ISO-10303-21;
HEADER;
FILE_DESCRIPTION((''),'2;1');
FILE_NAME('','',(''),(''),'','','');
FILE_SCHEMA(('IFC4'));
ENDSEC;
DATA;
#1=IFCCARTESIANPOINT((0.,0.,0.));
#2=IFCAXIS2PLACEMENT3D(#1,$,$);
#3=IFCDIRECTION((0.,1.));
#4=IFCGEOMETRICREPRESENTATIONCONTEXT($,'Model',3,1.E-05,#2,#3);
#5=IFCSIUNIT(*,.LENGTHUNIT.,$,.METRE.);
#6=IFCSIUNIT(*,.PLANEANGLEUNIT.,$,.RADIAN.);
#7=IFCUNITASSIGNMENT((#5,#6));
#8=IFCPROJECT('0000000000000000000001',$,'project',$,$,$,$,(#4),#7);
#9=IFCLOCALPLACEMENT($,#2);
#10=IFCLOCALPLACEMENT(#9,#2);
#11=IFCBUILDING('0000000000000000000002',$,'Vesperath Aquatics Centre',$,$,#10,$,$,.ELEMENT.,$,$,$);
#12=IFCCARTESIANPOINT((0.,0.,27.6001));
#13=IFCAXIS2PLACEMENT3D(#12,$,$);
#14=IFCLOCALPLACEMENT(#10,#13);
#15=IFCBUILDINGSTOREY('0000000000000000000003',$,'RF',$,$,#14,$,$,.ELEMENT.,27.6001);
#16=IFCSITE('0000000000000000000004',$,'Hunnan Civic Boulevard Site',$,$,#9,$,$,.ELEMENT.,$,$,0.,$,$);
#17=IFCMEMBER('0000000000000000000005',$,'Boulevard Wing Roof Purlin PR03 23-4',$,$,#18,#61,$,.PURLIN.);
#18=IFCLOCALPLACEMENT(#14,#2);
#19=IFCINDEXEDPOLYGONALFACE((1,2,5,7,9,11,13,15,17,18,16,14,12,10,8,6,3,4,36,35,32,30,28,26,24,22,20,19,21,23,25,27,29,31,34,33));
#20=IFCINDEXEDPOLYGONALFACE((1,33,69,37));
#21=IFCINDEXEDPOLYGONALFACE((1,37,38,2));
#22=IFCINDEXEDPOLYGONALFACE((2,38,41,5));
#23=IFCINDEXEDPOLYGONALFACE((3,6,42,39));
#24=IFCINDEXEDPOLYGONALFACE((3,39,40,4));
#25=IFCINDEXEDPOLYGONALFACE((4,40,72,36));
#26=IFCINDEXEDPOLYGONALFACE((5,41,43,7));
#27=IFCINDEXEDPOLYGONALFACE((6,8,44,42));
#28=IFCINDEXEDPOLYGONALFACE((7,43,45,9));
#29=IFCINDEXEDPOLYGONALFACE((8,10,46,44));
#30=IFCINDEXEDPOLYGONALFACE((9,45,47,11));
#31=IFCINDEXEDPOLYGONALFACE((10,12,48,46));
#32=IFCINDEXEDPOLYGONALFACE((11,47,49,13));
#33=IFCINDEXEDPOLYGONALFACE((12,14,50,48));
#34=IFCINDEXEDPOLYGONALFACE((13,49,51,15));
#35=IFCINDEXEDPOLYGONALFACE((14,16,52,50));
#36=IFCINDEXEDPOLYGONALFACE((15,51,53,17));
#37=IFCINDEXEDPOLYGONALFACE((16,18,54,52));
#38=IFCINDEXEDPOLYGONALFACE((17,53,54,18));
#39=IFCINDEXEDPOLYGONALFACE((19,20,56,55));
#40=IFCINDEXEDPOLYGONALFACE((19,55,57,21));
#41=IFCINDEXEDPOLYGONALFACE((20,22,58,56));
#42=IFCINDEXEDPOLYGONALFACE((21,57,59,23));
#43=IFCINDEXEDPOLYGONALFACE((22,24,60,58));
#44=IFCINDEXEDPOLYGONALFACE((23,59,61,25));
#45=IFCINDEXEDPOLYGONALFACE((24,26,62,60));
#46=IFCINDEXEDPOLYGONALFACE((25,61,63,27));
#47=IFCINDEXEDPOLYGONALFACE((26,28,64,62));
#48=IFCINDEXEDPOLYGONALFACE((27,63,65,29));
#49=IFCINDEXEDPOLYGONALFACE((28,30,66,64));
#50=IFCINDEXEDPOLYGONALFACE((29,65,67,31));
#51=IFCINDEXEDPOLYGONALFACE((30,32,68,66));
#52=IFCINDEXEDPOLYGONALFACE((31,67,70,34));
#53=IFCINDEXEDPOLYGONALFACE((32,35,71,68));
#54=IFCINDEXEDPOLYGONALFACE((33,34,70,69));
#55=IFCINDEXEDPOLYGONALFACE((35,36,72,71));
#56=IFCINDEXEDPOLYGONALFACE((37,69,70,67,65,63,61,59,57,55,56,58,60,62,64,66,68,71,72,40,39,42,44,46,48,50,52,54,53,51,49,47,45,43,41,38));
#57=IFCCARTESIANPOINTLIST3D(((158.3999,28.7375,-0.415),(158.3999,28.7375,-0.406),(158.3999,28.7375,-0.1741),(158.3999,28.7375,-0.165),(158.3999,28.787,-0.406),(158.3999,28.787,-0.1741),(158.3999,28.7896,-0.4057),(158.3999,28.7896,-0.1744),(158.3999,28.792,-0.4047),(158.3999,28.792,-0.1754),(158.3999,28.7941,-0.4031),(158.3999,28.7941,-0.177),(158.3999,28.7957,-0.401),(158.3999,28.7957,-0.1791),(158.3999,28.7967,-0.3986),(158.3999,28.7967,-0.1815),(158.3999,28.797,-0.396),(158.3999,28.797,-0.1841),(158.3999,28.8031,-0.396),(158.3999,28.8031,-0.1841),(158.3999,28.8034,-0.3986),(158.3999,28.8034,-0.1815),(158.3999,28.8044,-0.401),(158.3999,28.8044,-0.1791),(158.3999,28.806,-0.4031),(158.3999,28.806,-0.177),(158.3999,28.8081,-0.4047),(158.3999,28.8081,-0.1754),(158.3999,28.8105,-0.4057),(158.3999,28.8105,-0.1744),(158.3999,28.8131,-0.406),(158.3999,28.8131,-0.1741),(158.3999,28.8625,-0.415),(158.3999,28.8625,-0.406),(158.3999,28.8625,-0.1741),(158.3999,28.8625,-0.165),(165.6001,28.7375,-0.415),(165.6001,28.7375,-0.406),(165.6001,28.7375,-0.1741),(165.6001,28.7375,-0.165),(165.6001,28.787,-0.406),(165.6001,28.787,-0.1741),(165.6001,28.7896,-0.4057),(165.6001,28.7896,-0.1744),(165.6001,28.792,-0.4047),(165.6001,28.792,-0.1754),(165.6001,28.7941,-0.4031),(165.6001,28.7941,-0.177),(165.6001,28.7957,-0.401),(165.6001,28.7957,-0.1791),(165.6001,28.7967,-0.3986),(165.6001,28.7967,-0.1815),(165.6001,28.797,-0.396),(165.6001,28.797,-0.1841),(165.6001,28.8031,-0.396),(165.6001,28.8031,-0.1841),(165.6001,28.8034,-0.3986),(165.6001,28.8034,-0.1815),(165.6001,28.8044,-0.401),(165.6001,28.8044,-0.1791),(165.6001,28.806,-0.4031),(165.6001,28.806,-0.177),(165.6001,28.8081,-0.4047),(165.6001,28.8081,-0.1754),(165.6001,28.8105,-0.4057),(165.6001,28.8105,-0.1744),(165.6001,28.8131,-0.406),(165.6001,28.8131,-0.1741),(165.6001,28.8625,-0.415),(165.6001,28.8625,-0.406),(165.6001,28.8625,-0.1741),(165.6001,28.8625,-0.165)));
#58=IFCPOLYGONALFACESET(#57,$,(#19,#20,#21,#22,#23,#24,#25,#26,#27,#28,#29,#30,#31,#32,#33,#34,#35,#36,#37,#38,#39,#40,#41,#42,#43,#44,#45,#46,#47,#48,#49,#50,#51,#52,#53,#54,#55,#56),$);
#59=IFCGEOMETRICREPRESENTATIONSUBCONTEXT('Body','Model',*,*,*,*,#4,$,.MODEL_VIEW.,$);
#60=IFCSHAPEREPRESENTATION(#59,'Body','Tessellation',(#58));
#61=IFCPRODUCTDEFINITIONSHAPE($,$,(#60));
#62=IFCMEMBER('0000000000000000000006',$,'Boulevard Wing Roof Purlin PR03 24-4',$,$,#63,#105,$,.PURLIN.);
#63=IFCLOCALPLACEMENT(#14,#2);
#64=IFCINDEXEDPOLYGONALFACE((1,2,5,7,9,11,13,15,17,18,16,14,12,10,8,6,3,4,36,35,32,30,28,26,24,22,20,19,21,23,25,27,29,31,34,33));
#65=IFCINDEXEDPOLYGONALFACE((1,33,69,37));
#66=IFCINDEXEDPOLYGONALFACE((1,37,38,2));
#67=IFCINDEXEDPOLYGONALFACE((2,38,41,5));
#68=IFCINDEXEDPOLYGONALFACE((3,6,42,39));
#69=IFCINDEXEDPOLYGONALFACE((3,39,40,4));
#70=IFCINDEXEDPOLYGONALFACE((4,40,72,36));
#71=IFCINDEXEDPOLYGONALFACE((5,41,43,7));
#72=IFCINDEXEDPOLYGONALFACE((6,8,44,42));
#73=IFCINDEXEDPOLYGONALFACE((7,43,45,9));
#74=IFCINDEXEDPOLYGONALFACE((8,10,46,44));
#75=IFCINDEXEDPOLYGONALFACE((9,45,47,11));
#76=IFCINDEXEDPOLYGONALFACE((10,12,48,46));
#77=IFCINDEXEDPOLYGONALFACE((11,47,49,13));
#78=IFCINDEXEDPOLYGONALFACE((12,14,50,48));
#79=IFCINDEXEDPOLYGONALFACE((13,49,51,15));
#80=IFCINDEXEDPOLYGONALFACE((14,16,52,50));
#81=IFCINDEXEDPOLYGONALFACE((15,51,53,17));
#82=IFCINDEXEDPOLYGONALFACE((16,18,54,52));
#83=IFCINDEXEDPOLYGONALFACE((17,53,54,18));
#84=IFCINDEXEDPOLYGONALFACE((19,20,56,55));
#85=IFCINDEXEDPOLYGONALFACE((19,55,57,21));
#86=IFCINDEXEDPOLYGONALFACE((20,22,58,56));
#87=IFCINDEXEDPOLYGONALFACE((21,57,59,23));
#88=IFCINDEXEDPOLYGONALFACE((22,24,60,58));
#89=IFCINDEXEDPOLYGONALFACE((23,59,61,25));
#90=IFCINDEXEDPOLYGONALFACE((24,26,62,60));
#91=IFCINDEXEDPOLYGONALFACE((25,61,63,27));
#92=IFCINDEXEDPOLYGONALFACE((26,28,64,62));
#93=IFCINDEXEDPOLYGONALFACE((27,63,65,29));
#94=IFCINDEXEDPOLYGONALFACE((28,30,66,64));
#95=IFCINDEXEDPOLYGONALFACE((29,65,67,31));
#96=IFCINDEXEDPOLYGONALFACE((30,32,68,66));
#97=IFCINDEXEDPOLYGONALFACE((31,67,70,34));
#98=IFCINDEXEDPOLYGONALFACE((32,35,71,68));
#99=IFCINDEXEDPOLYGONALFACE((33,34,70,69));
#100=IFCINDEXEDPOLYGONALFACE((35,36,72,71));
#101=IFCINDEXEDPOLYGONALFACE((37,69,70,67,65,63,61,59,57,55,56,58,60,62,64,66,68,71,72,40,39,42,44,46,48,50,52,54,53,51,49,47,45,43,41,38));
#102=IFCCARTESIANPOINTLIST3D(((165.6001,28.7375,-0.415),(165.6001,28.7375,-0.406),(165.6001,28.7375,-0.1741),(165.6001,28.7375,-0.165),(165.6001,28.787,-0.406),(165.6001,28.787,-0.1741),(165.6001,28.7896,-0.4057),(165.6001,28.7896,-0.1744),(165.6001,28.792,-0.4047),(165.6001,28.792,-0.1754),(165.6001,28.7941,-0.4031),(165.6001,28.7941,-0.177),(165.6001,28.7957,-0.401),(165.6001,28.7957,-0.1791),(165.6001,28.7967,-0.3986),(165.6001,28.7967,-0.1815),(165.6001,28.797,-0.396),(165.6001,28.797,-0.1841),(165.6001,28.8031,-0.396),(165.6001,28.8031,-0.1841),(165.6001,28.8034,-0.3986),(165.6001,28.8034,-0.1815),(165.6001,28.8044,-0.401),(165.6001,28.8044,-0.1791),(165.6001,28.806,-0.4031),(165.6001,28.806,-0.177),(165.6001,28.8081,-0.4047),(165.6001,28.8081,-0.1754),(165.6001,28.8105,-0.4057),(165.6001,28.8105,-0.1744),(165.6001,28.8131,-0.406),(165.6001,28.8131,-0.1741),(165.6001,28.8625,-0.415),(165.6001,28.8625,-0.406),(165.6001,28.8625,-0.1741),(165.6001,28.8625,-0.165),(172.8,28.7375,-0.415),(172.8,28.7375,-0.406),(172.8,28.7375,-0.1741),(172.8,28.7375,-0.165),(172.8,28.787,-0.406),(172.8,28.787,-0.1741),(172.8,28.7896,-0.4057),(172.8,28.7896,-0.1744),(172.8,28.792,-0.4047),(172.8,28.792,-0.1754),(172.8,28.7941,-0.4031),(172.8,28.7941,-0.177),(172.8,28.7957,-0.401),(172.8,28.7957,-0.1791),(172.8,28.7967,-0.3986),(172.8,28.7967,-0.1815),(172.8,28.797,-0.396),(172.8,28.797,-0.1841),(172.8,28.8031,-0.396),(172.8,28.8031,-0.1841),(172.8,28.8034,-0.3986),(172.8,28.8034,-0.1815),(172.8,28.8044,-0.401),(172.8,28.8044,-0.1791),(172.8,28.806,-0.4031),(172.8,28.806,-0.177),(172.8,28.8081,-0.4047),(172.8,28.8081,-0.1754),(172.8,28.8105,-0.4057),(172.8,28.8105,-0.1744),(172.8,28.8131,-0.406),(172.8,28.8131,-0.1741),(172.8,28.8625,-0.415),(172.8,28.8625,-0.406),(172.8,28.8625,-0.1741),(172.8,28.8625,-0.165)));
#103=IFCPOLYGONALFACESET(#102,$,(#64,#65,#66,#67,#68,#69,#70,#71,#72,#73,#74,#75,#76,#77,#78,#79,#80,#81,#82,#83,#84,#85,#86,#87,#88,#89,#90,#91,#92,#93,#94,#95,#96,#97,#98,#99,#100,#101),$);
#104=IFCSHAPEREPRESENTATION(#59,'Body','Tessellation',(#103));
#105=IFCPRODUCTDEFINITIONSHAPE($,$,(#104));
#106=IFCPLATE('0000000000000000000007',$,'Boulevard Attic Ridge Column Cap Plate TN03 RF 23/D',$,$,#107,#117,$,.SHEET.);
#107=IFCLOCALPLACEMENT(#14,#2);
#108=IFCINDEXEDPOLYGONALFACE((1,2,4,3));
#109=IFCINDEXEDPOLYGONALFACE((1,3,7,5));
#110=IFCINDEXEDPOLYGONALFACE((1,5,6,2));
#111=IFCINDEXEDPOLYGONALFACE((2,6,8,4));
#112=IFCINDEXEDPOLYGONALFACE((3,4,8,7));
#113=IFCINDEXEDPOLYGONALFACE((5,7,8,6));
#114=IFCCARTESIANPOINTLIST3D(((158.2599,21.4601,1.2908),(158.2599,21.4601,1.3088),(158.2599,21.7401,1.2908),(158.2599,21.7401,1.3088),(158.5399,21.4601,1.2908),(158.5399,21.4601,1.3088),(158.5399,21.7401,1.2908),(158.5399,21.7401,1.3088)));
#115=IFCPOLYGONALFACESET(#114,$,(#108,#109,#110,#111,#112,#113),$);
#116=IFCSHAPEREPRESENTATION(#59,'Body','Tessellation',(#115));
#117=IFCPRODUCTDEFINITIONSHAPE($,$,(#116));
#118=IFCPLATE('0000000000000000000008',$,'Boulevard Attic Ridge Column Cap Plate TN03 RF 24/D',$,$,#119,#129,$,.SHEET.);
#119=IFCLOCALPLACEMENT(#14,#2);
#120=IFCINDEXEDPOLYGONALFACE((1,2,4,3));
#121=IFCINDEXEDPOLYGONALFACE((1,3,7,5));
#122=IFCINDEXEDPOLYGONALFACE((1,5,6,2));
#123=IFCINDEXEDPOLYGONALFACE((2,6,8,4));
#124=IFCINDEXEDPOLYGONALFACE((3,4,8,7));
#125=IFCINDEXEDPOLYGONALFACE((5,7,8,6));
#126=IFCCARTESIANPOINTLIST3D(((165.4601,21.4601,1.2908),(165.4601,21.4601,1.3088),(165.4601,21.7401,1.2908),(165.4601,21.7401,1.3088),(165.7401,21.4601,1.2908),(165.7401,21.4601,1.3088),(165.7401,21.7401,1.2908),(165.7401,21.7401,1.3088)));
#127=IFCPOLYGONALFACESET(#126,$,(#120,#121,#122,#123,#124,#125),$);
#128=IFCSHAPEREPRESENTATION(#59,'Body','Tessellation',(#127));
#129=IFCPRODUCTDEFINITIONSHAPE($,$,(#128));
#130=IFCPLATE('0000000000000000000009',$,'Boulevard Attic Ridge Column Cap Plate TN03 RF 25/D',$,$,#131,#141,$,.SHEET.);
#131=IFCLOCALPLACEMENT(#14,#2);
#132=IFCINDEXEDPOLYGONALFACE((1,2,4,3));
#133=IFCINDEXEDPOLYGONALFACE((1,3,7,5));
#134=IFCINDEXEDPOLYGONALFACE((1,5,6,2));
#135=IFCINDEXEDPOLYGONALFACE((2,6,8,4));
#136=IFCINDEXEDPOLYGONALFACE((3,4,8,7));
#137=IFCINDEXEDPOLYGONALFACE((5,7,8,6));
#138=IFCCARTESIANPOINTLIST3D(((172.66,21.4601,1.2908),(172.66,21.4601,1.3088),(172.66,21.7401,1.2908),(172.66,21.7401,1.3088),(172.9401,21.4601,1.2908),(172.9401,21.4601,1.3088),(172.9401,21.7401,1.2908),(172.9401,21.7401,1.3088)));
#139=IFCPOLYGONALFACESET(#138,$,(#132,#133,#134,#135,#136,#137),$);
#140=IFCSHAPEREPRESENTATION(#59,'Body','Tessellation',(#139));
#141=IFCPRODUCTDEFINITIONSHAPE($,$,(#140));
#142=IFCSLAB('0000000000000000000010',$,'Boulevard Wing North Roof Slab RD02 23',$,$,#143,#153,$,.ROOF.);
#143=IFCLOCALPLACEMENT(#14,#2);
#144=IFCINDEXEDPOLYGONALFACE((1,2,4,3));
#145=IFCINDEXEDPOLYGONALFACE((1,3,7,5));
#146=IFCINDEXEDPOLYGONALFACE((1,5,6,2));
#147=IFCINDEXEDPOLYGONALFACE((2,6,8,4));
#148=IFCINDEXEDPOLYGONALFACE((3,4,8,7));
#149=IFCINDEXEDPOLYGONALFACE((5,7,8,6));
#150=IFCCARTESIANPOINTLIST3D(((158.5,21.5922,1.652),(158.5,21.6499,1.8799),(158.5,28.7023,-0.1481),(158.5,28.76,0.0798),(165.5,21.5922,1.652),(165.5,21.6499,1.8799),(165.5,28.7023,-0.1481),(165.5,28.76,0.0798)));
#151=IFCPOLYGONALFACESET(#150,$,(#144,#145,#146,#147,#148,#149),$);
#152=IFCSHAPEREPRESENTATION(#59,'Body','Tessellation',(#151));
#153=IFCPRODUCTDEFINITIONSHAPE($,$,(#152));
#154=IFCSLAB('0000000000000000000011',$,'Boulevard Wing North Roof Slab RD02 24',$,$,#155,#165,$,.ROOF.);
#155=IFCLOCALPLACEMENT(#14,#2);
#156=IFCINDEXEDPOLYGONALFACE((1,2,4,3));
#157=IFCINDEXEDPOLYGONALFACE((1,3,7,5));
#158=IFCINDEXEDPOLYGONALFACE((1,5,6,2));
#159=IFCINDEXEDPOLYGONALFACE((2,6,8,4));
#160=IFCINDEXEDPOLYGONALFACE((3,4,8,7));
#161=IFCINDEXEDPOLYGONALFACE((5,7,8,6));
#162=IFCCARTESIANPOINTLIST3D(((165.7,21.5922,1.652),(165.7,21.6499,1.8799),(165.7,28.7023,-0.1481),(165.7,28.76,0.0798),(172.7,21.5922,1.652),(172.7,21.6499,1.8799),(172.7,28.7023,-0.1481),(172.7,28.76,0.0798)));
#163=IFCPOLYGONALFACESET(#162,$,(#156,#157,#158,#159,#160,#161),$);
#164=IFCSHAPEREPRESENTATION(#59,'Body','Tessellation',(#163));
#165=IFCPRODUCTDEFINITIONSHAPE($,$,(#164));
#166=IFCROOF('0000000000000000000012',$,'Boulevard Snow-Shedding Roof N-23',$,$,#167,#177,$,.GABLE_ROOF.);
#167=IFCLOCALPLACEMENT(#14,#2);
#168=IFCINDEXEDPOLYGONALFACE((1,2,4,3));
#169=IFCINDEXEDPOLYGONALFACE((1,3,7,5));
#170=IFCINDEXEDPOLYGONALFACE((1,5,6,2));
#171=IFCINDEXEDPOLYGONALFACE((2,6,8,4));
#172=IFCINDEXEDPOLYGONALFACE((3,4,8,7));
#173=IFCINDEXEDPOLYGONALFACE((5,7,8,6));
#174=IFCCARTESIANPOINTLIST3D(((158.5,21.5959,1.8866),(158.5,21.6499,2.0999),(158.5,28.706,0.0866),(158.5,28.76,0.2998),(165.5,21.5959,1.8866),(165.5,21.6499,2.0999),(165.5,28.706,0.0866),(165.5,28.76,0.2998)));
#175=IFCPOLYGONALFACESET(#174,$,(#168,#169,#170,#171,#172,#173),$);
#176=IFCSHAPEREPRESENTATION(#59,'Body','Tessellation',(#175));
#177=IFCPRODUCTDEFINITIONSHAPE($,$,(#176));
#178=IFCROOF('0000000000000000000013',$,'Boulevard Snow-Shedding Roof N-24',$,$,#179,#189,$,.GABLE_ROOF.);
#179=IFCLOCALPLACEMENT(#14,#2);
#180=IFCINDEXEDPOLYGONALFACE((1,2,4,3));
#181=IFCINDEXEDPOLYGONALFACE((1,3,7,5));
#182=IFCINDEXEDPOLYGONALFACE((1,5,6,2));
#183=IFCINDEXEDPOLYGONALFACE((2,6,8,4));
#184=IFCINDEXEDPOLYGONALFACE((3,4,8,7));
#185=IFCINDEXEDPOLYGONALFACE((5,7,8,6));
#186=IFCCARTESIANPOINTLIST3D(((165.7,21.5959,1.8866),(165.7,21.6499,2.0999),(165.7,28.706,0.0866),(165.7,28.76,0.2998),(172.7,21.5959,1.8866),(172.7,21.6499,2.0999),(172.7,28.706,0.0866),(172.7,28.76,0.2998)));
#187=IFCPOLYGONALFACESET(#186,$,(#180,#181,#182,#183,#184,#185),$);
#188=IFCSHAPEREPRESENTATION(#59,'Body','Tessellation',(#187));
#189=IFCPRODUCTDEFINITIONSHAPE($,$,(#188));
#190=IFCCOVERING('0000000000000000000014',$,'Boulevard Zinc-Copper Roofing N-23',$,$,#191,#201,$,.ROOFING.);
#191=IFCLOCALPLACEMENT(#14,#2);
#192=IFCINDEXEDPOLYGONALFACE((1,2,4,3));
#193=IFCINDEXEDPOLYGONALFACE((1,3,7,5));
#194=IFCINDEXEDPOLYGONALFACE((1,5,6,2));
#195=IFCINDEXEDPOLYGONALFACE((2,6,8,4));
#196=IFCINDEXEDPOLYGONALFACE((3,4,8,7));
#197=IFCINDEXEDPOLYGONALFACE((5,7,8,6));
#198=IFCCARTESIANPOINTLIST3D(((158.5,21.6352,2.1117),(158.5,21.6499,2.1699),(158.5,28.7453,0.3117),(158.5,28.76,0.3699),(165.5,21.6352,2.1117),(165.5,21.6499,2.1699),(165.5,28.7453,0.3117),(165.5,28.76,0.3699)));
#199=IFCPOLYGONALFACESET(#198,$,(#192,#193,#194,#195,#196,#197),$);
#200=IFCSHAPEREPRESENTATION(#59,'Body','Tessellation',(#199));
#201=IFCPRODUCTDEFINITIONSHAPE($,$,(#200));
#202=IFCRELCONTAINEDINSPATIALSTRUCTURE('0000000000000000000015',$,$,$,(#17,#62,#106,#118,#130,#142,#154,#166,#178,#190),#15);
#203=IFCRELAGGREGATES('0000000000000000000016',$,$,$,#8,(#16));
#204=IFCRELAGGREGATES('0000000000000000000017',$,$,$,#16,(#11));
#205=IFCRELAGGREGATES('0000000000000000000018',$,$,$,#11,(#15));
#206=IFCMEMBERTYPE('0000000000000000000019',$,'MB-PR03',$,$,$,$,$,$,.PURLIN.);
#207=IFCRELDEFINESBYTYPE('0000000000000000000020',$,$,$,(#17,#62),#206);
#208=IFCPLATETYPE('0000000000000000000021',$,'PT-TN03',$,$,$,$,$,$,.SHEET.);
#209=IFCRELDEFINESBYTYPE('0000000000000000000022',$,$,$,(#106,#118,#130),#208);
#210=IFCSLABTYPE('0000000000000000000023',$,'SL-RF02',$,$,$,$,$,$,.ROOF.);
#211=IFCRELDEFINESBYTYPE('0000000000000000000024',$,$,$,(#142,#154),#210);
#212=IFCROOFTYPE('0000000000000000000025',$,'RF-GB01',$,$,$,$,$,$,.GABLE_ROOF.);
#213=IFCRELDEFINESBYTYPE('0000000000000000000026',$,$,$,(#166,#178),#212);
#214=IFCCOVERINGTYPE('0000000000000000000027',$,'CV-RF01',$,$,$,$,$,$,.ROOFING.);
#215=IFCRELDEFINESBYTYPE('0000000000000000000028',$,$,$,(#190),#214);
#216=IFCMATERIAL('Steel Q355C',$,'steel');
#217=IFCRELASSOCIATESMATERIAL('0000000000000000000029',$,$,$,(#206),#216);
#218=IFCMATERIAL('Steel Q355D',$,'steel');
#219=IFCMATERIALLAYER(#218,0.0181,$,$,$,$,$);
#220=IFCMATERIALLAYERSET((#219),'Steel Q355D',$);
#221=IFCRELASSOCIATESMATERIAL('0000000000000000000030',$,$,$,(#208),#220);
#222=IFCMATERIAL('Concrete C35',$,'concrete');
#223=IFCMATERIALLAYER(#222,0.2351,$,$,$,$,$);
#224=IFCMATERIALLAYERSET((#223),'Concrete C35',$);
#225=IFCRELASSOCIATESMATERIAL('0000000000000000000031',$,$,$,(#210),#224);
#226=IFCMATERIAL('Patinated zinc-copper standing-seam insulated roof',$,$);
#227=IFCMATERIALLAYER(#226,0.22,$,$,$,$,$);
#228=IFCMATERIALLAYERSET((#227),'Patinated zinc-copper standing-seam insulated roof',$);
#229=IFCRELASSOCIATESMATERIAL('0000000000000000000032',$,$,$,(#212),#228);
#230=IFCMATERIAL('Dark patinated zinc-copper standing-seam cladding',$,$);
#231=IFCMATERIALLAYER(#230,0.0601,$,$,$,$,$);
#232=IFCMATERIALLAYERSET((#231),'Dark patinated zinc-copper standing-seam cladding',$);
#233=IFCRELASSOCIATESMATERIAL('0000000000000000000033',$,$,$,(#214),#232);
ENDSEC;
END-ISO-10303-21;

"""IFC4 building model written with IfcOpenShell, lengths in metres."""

from ifc_helpers import new_model, si_unit, direction, frame, origin, origin_2d, place, context, subcontext, project, spatial, polyline, rectangle, i_section, outline, extrude, material, layer, layer_set, material_profile, profile_set, type_object, element, save


model = new_model("IFC4")

# Units and contexts
model_context = context("Model", 3, precision=1e-05, world=origin(), true_north=direction((0.0, 1.0)))
body_context = subcontext(model_context, "Body", "Model", "MODEL_VIEW")
ifc_project = project(units=[si_unit("LENGTHUNIT", "METRE"), si_unit("PLANEANGLEUNIT", "RADIAN")], contexts=[model_context])

# Site, building, storey
site_placement = place(None, origin())
site = spatial("IfcSite", under=ifc_project, at=site_placement, Name="Hunnan Civic Boulevard Site", CompositionType="ELEMENT", RefElevation=0.0)
building_placement = place(site_placement, origin())
building = spatial("IfcBuilding", under=site, at=building_placement, Name="Vesperath Aquatics Centre", CompositionType="ELEMENT")
storey_placement = place(building_placement, frame((0.0, 0.0, 27.6001)))
storey = spatial("IfcBuildingStorey", under=building, at=storey_placement, Name="RF", CompositionType="ELEMENT", Elevation=27.6001)

# Shared definitions
ifc_material_1 = material(Name="Steel Q355C", Category="steel")

# Shared definitions
ifc_material_2 = material(Name="Steel Q355D", Category="steel")

# Members
ifc_material_profile_1 = material_profile(ifc_material_1, i_section(OverallWidth=0.125, OverallDepth=0.25, WebThickness=0.0061, FlangeThickness=0.009, FilletRadius=0.01, at=origin_2d()), Name="HN 250x125x6x9")
ifc_profile_set_1 = profile_set([ifc_material_profile_1], Name="Steel Q355C")
member_type_1 = type_object("IfcMemberType", Name="MB-PR03", PredefinedType="PURLIN", material=ifc_profile_set_1)
member_1_placement = place(storey_placement, frame((158.3999, 28.8, -0.29), z_axis=(1.0, 0.0, 0.0), x_axis=(0.0, 1.0, 0.0)))
element("IfcMember", 1, at=member_1_placement, inside=storey, type_object=member_type_1, Name="Boulevard Wing Roof Purlin PR03 23-4", PredefinedType="PURLIN", context=body_context, shape_type="SweptSolid", body=[
    extrude(i_section(OverallWidth=0.125, OverallDepth=0.25, WebThickness=0.0061, FlangeThickness=0.009, FilletRadius=0.01, at=origin_2d()), origin(), (0.0, 0.0, 1.0), 7.2002),
])
member_2_placement = place(storey_placement, frame((165.6001, 28.8, -0.29), z_axis=(1.0, 0.0, 0.0), x_axis=(0.0, 1.0, 0.0)))
element("IfcMember", 2, at=member_2_placement, inside=storey, type_object=member_type_1, Name="Boulevard Wing Roof Purlin PR03 24-4", PredefinedType="PURLIN", context=body_context, shape_type="SweptSolid", body=[
    extrude(i_section(OverallWidth=0.125, OverallDepth=0.25, WebThickness=0.0061, FlangeThickness=0.009, FilletRadius=0.01, at=origin_2d()), origin(), (0.0, 0.0, 1.0), 7.2),
])

# Plates
ifc_layer_1 = layer(ifc_material_2, 0.0181)
ifc_layer_set_1 = layer_set([ifc_layer_1], Name="Steel Q355D")
plate_type = type_object("IfcPlateType", Name="PT-TN03", PredefinedType="SHEET", material=ifc_layer_set_1)
for number, where, z_axis, x_axis, name in (
    (3, (158.3999, 21.6001, 1.2908), (0.0, 0.0, 1.0), (1.0, 0.0, 0.0), "Boulevard Attic Ridge Column Cap Plate TN03 RF 23/D"),
    (4, (165.6001, 21.6001, 1.2908), (0.0, 0.0, 1.0), (1.0, 0.0, 0.0), "Boulevard Attic Ridge Column Cap Plate TN03 RF 24/D"),
    (5, (172.8, 21.6001, 1.2908), (0.0, 0.0, 1.0), (1.0, 0.0, 0.0), "Boulevard Attic Ridge Column Cap Plate TN03 RF 25/D"),
):
    element("IfcPlate", number, at=place(storey_placement, frame(where, z_axis=z_axis, x_axis=x_axis)), inside=storey, type_object=plate_type, Name=name, PredefinedType="SHEET", context=body_context, shape_type="SweptSolid", body=[
        extrude(rectangle(XDim=0.28, YDim=0.28, at=origin_2d()), origin(), (0.0, 0.0, 1.0), 0.0181),
    ])

# Slabs
ifc_material_3 = material(Name="Concrete C35", Category="concrete")
ifc_layer_2 = layer(ifc_material_3, 0.2351)
ifc_layer_set_2 = layer_set([ifc_layer_2], Name="Concrete C35")
slab_type = type_object("IfcSlabType", Name="SL-RF02", PredefinedType="ROOF", material=ifc_layer_set_2)
for number, where, z_axis, x_axis, name in (
    (6, (158.5, 21.6499, 1.8799), (0.0, 0.245425, 0.969416), (1.0, 0.0, 0.0), "Boulevard Wing North Roof Slab RD02 23"),
    (7, (165.7, 21.6499, 1.8799), (0.0, 0.245425, 0.969416), (1.0, 0.0, 0.0), "Boulevard Wing North Roof Slab RD02 24"),
):
    element("IfcSlab", number, at=place(storey_placement, frame(where, z_axis=z_axis, x_axis=x_axis)), inside=storey, type_object=slab_type, Name=name, PredefinedType="ROOF", context=body_context, shape_type="SweptSolid", body=[
        extrude(outline(polyline([(0.0, 0.0), (7.0, 0.0), (7.0, 7.3344), (0.0, 7.3344), (0.0, 0.0)])), origin(), (0.0, 0.0, -1.0), 0.2351),
    ])

# Roofs
ifc_material_4 = material(Name="Patinated zinc-copper standing-seam insulated roof")
ifc_layer_3 = layer(ifc_material_4, 0.22)
ifc_layer_set_3 = layer_set([ifc_layer_3], Name="Patinated zinc-copper standing-seam insulated roof")
roof_type = type_object("IfcRoofType", Name="RF-GB01", PredefinedType="GABLE_ROOF", material=ifc_layer_set_3)
for number, where, z_axis, x_axis, name in (
    (8, (158.5, 21.6499, 2.0999), (0.0, 0.245425, 0.969416), (1.0, 0.0, 0.0), "Boulevard Snow-Shedding Roof N-23"),
    (9, (165.7, 21.6499, 2.0999), (0.0, 0.245425, 0.969416), (1.0, 0.0, 0.0), "Boulevard Snow-Shedding Roof N-24"),
):
    element("IfcRoof", number, at=place(storey_placement, frame(where, z_axis=z_axis, x_axis=x_axis)), inside=storey, type_object=roof_type, Name=name, PredefinedType="GABLE_ROOF", context=body_context, shape_type="SweptSolid", body=[
        extrude(outline(polyline([(0.0, 0.0), (7.0, 0.0), (7.0, 7.3344), (0.0, 7.3344), (0.0, 0.0)])), origin(), (0.0, 0.0, -1.0), 0.22),
    ])

# Covering
ifc_material_5 = material(Name="Dark patinated zinc-copper standing-seam cladding")
ifc_layer_4 = layer(ifc_material_5, 0.0601)
ifc_layer_set_4 = layer_set([ifc_layer_4], Name="Dark patinated zinc-copper standing-seam cladding")
covering_type = type_object("IfcCoveringType", Name="CV-RF01", PredefinedType="ROOFING", material=ifc_layer_set_4)
for number, where, z_axis, x_axis, name in (
    (10, (158.5, 21.6499, 2.1699), (0.0, 0.245425, 0.969416), (1.0, 0.0, 0.0), "Boulevard Zinc-Copper Roofing N-23"),
):
    element("IfcCovering", number, at=place(storey_placement, frame(where, z_axis=z_axis, x_axis=x_axis)), inside=storey, type_object=covering_type, Name=name, PredefinedType="ROOFING", context=body_context, shape_type="SweptSolid", body=[
        extrude(outline(polyline([(0.0, 0.0), (7.0, 0.0), (7.0, 7.3344), (0.0, 7.3344), (0.0, 0.0)])), origin(), (0.0, 0.0, -1.0), 0.0601),
    ])

save(model, "model.ifc")
